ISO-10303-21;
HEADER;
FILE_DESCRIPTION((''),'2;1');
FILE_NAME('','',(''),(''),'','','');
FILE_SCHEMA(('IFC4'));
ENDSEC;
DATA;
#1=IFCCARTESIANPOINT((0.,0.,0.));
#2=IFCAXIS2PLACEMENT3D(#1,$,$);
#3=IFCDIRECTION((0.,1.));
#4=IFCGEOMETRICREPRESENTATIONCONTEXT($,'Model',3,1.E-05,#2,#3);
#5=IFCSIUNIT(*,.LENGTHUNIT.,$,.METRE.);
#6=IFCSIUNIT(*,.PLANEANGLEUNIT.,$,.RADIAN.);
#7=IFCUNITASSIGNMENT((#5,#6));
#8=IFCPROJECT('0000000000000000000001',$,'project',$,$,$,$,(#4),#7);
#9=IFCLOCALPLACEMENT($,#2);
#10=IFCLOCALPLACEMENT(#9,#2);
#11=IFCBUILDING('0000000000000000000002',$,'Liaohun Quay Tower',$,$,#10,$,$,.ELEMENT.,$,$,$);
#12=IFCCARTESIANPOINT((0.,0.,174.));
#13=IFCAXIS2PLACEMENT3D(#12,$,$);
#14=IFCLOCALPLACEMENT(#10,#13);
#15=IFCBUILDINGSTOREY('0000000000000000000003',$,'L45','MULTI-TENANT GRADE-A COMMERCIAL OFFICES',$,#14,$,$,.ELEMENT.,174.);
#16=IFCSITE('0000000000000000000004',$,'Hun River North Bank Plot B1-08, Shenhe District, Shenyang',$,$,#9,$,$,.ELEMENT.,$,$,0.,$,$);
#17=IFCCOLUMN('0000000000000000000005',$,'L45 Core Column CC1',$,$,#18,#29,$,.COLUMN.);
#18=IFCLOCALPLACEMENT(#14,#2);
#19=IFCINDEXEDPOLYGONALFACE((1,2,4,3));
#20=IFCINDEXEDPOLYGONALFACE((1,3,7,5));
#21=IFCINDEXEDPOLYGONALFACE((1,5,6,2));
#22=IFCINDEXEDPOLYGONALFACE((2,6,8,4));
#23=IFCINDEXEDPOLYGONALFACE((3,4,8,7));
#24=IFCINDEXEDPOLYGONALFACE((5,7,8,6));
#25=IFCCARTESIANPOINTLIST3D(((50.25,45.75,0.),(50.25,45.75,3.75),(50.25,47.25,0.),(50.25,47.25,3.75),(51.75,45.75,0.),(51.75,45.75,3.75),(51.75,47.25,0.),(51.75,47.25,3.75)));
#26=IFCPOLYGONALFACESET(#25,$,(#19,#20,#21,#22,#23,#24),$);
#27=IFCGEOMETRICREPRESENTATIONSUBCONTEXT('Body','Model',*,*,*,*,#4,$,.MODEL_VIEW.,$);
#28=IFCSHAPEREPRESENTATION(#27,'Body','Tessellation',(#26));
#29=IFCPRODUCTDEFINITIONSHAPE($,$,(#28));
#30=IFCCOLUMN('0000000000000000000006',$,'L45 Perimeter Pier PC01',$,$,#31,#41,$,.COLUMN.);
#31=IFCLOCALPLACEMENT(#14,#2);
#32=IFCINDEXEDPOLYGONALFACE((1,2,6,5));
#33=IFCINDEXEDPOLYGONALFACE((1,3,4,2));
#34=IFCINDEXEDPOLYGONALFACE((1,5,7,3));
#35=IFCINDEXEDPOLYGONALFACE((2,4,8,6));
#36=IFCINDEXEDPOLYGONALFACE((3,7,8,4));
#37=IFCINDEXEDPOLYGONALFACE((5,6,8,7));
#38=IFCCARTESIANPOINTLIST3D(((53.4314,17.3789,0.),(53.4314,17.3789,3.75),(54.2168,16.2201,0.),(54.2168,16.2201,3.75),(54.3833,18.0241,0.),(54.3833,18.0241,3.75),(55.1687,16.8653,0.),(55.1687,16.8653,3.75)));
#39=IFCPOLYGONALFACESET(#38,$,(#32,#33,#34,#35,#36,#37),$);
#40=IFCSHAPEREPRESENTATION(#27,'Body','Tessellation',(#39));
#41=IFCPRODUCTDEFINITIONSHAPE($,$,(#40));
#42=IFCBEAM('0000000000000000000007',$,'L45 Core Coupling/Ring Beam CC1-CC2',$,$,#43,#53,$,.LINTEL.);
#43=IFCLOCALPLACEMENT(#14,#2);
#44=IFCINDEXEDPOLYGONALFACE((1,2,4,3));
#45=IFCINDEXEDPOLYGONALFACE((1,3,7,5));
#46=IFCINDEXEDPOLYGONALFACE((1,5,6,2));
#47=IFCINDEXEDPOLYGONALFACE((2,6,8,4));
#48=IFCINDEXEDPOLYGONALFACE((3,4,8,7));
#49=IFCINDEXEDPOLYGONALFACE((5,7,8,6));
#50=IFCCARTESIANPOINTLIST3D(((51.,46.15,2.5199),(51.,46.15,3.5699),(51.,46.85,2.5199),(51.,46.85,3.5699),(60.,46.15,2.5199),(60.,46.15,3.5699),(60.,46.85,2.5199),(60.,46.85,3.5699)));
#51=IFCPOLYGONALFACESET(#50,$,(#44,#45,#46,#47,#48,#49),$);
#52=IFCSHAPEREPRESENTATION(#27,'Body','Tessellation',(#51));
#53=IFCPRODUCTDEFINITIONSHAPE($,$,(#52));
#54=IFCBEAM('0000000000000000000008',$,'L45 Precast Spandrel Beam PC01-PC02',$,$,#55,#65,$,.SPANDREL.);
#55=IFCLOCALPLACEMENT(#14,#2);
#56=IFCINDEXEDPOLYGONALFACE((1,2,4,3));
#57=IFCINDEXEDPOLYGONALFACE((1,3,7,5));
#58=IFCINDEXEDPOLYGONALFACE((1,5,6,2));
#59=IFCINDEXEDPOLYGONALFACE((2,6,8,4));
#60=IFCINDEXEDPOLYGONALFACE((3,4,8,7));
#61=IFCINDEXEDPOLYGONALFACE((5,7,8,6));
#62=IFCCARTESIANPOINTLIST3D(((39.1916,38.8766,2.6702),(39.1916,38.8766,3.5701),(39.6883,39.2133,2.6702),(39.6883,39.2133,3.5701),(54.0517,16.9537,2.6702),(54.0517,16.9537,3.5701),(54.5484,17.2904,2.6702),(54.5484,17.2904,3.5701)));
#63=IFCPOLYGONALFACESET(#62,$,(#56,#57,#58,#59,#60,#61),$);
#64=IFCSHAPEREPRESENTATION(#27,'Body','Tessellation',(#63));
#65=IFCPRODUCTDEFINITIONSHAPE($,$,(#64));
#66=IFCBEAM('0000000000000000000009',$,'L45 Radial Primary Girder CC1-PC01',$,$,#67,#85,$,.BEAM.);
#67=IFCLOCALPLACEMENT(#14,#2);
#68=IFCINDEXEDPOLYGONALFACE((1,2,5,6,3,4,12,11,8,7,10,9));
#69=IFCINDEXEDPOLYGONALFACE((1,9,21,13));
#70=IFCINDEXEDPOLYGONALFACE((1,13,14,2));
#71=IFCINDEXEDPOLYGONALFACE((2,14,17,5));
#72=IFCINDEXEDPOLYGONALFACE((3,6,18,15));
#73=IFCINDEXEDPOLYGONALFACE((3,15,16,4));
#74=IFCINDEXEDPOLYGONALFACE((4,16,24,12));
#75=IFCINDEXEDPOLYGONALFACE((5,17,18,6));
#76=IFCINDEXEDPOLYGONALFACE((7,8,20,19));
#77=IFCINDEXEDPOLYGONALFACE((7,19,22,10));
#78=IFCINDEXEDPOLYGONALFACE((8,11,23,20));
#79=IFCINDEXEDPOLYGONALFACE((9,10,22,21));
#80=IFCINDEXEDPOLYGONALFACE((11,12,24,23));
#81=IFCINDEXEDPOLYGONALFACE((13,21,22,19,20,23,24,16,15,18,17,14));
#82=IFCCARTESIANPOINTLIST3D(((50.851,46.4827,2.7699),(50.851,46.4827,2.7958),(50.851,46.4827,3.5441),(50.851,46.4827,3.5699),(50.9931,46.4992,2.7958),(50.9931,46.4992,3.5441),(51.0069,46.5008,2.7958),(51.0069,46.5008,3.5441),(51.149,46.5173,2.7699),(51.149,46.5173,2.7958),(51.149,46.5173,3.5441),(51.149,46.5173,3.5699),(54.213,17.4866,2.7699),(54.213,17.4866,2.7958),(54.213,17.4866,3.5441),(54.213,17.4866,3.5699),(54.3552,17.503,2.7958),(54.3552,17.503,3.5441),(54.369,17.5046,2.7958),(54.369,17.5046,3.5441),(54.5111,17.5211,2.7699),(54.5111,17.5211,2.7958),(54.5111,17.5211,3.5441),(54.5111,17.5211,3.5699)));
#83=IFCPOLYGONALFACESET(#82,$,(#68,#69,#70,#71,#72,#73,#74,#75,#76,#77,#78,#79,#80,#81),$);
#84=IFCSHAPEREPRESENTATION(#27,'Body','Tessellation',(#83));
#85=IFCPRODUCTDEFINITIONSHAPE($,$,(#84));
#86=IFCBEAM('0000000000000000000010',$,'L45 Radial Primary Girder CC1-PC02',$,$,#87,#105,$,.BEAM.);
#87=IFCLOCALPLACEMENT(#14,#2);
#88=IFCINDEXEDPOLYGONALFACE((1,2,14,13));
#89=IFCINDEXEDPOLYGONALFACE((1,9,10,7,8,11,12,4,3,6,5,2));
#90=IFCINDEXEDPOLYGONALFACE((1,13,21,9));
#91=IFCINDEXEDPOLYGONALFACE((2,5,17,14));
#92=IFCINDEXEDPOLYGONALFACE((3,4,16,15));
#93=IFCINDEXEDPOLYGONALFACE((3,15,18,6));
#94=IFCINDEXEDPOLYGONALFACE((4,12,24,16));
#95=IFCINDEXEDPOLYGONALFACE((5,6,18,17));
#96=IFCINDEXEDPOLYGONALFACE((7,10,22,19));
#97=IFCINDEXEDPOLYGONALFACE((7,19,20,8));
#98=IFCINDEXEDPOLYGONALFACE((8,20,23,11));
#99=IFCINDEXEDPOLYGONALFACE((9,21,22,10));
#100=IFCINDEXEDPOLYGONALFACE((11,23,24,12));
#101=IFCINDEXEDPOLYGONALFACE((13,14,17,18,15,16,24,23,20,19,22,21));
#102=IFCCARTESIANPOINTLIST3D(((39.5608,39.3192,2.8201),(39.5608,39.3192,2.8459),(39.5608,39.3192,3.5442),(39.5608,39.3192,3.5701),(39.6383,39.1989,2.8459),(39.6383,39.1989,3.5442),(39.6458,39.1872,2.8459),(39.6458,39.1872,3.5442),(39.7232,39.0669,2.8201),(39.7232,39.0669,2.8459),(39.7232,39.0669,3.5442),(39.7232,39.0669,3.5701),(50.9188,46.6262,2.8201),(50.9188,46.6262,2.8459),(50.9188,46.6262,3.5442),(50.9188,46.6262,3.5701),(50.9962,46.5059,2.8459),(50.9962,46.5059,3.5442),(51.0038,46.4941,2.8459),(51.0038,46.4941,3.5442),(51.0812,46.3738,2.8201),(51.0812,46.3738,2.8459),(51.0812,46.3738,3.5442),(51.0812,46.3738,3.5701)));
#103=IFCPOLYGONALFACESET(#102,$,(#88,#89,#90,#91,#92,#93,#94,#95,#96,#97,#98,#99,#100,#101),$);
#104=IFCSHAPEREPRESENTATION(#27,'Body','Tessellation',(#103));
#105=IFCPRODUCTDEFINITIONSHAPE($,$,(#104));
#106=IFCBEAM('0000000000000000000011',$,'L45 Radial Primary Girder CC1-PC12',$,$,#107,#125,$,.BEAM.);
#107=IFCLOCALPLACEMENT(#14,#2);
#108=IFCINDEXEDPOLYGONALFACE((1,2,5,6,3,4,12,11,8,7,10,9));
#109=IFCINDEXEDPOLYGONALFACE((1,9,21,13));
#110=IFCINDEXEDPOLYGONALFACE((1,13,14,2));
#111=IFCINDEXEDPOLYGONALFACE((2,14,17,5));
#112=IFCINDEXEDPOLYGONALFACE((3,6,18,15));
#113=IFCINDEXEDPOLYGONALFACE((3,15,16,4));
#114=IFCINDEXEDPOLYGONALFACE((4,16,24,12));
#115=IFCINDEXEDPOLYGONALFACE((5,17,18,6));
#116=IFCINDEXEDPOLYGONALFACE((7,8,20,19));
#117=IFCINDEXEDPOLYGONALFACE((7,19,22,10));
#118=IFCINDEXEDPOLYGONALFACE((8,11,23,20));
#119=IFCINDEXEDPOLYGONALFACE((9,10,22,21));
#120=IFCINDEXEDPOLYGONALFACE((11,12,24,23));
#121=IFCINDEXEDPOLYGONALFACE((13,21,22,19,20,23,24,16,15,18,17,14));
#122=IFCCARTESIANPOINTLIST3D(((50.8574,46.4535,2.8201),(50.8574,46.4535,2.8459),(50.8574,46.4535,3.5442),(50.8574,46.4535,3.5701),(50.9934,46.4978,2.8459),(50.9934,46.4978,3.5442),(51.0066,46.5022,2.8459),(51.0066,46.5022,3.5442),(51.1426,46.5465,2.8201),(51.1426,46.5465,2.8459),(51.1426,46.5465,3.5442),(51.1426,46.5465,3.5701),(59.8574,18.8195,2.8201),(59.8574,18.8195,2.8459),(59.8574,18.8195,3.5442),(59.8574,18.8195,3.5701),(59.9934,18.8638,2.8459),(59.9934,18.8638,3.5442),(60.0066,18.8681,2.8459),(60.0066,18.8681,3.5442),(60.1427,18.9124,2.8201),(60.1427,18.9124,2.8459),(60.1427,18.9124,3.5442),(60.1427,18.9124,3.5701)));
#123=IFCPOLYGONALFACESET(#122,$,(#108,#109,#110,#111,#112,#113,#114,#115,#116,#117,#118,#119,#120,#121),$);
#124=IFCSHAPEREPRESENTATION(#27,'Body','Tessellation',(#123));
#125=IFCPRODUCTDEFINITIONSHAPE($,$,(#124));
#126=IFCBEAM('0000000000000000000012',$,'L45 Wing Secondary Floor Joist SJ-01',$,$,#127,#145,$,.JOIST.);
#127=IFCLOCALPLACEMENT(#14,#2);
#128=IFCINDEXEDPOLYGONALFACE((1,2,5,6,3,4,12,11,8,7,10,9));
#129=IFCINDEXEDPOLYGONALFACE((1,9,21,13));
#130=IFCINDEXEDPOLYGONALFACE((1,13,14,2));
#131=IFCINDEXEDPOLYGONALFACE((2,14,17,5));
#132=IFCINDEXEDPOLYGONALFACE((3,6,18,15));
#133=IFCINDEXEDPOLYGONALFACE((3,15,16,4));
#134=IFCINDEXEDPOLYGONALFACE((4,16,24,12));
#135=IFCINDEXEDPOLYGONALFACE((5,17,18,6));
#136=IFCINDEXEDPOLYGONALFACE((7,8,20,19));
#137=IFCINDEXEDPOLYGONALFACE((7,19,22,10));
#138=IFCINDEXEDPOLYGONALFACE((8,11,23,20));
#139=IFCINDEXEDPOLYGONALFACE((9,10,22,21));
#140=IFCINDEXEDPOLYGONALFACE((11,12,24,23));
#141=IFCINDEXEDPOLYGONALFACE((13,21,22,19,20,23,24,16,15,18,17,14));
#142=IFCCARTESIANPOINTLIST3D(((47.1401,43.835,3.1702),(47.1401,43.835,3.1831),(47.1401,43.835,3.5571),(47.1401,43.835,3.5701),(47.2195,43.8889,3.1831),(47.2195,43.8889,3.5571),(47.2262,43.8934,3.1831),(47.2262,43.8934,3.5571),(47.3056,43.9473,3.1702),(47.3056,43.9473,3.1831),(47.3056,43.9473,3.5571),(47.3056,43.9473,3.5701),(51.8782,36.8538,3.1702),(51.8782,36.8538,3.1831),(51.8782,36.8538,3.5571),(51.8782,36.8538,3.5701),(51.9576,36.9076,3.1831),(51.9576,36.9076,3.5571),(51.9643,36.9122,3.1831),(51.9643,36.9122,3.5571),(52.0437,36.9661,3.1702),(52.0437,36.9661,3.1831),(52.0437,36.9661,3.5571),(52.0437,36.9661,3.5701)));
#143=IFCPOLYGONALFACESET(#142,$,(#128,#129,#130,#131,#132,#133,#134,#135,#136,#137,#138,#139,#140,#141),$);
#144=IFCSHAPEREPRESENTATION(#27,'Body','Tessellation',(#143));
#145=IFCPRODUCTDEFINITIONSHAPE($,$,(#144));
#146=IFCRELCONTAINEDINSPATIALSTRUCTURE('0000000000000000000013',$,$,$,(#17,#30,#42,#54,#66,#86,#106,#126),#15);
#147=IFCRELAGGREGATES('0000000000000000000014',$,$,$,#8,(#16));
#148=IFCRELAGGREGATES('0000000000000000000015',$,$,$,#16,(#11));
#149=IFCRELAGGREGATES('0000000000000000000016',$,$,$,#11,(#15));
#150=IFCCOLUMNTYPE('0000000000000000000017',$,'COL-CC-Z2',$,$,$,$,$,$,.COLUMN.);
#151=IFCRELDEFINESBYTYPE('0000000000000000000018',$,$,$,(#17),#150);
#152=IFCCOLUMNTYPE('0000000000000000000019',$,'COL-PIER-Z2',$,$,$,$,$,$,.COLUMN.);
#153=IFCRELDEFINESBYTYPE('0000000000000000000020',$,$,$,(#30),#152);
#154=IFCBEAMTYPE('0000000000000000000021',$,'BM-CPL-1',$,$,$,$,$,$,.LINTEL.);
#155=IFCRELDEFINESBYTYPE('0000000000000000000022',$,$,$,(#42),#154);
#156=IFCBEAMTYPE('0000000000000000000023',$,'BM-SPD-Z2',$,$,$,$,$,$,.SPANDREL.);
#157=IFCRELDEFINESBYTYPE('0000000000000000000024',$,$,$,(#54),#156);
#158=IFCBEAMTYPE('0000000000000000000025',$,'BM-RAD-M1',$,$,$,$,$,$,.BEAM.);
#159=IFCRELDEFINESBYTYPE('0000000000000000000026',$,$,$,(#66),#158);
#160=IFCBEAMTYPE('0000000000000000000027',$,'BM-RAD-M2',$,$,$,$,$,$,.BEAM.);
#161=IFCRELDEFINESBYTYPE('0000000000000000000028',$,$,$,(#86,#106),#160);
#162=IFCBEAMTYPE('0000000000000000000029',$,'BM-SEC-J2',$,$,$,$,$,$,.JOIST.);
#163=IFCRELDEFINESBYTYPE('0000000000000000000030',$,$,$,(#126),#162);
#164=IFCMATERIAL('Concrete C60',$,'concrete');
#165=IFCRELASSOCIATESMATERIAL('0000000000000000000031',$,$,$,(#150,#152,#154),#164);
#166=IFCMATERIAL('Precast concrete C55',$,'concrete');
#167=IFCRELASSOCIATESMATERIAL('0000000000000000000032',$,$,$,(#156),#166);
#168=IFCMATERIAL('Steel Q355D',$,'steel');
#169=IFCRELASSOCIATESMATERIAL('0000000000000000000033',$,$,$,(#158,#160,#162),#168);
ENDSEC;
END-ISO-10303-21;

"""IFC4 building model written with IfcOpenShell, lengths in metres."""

from ifc_helpers import new_model, si_unit, direction, frame, origin, origin_2d, place, context, subcontext, project, spatial, rectangle, i_section, extrude, source, transform, mapped, material, material_profile, profile_set, type_object, element, save


model = new_model("IFC4")

# Units and contexts
model_context = context("Model", 3, precision=1e-05, world=origin(), true_north=direction((0.0, 1.0)))
body_context = subcontext(model_context, "Body", "Model", "MODEL_VIEW")
ifc_project = project(units=[si_unit("LENGTHUNIT", "METRE"), si_unit("PLANEANGLEUNIT", "RADIAN")], contexts=[model_context])

# Site, building, storey
site_placement = place(None, origin())
site = spatial("IfcSite", under=ifc_project, at=site_placement, Name="Hun River North Bank Plot B1-08, Shenhe District, Shenyang", CompositionType="ELEMENT", RefElevation=0.0)
building_placement = place(site_placement, origin())
building = spatial("IfcBuilding", under=site, at=building_placement, Name="Liaohun Quay Tower", CompositionType="ELEMENT")
storey_placement = place(building_placement, frame((0.0, 0.0, 174.0)))
storey = spatial("IfcBuildingStorey", under=building, at=storey_placement, Name="L45", Description="MULTI-TENANT GRADE-A COMMERCIAL OFFICES", CompositionType="ELEMENT", Elevation=174.0)

# Columns
ifc_material_1 = material(Name="Concrete C60", Category="concrete")
ifc_material_profile_1 = material_profile(ifc_material_1, rectangle(XDim=1.5, YDim=1.5, at=origin_2d()), Name="RC1500x1500")
ifc_profile_set_1 = profile_set([ifc_material_profile_1], Name="Concrete C60")
column_type_1 = type_object("IfcColumnType", Name="COL-CC-Z2", PredefinedType="COLUMN", material=ifc_profile_set_1)
shared_shape_1 = source(origin(), body_context, "Body", "SweptSolid", [
    extrude(rectangle(XDim=1.5, YDim=1.5, at=origin_2d()), origin(), (0.0, 0.0, 1.0), 3.75),
])
column_1_placement = place(storey_placement, frame((51.0, 46.5, 0.0), z_axis=(0.0, 0.0, 1.0), x_axis=(1.0, 0.0, 0.0)))
element("IfcColumn", 1, at=column_1_placement, inside=storey, type_object=column_type_1, Name="L45 Core Column CC1", PredefinedType="COLUMN", context=body_context, shape_type="MappedRepresentation", body=[
    mapped(shared_shape_1, transform((0.0, 0.0, 0.0), x_axis=(1.0, 0.0, 0.0), y_axis=(0.0, 1.0, 0.0), z_axis=(0.0, 0.0, 1.0), scale=1.0)),
])
ifc_material_profile_2 = material_profile(ifc_material_1, rectangle(XDim=1.3999, YDim=1.1499, at=origin_2d()), Name="RC1400x1150")
ifc_profile_set_2 = profile_set([ifc_material_profile_2], Name="Concrete C60")
column_type_2 = type_object("IfcColumnType", Name="COL-PIER-Z2", PredefinedType="COLUMN", material=ifc_profile_set_2)
shared_shape_2 = source(origin(), body_context, "Body", "SweptSolid", [
    extrude(rectangle(XDim=1.3999, YDim=1.1499, at=origin_2d()), origin(), (0.0, 0.0, 1.0), 3.75),
])
column_2_placement = place(storey_placement, frame((54.3, 17.1221, 0.0), z_axis=(0.0, 0.0, 1.0), x_axis=(-0.561072, 0.827767, 0.0)))
element("IfcColumn", 2, at=column_2_placement, inside=storey, type_object=column_type_2, Name="L45 Perimeter Pier PC01", PredefinedType="COLUMN", context=body_context, shape_type="MappedRepresentation", body=[
    mapped(shared_shape_2, transform((0.0, 0.0, 0.0), x_axis=(1.0, 0.0, 0.0), y_axis=(0.0, 1.0, 0.0), z_axis=(0.0, 0.0, 1.0), scale=1.0)),
])

# Beams
ifc_material_profile_3 = material_profile(ifc_material_1, rectangle(XDim=0.7, YDim=1.05, at=origin_2d()), Name="RC700x1050")
ifc_profile_set_3 = profile_set([ifc_material_profile_3], Name="Concrete C60")
beam_type_1 = type_object("IfcBeamType", Name="BM-CPL-1", PredefinedType="LINTEL", material=ifc_profile_set_3)
shared_shape_3 = source(origin(), body_context, "Body", "SweptSolid", [
    extrude(rectangle(XDim=0.7, YDim=1.05, at=origin_2d()), origin(), (0.0, 0.0, 1.0), 9.0),
])
beam_1_placement = place(storey_placement, frame((51.0, 46.5, 3.0449), z_axis=(1.0, 0.0, 0.0), x_axis=(0.0, 1.0, 0.0)))
element("IfcBeam", 3, at=beam_1_placement, inside=storey, type_object=beam_type_1, Name="L45 Core Coupling/Ring Beam CC1-CC2", PredefinedType="LINTEL", context=body_context, shape_type="MappedRepresentation", body=[
    mapped(shared_shape_3, transform((0.0, 0.0, 0.0), x_axis=(1.0, 0.0, 0.0), y_axis=(0.0, 1.0, 0.0), z_axis=(0.0, 0.0, 1.0), scale=1.0)),
])
ifc_material_2 = material(Name="Precast concrete C55", Category="concrete")
ifc_material_profile_4 = material_profile(ifc_material_2, rectangle(XDim=0.6001, YDim=0.8999, at=origin_2d()), Name="RC600x900")
ifc_profile_set_4 = profile_set([ifc_material_profile_4], Name="Precast concrete C55")
beam_type_2 = type_object("IfcBeamType", Name="BM-SPD-Z2", PredefinedType="SPANDREL", material=ifc_profile_set_4)
shared_shape_4 = source(origin(), body_context, "Body", "SweptSolid", [
    extrude(rectangle(XDim=0.6001, YDim=0.8999, at=origin_2d()), origin(), (0.0, 0.0, 1.0), 26.4846),
])
beam_2_placement = place(storey_placement, frame((54.3, 17.1221, 3.1201), z_axis=(-0.561085, 0.827758, 0.0), x_axis=(-0.827758, -0.561085, 0.0)))
element("IfcBeam", 4, at=beam_2_placement, inside=storey, type_object=beam_type_2, Name="L45 Precast Spandrel Beam PC01-PC02", PredefinedType="SPANDREL", context=body_context, shape_type="MappedRepresentation", body=[
    mapped(shared_shape_4, transform((0.0, 0.0, 0.0), x_axis=(1.0, 0.0, 0.0), y_axis=(0.0, 1.0, 0.0), z_axis=(0.0, 0.0, 1.0), scale=1.0)),
])
ifc_material_3 = material(Name="Steel Q355D", Category="steel")
ifc_material_profile_5 = material_profile(ifc_material_3, i_section(OverallWidth=0.3, OverallDepth=0.8, WebThickness=0.0139, FlangeThickness=0.0259, at=origin_2d()), Name="HN800x300x14x26")
ifc_profile_set_5 = profile_set([ifc_material_profile_5], Name="Steel Q355D")
beam_type_3 = type_object("IfcBeamType", Name="BM-RAD-M1", PredefinedType="BEAM", material=ifc_profile_set_5)
shared_shape_5 = source(origin(), body_context, "Body", "SweptSolid", [
    extrude(i_section(OverallWidth=0.3, OverallDepth=0.8, WebThickness=0.0139, FlangeThickness=0.0259, at=origin_2d()), origin(), (0.0, 0.0, 1.0), 29.1904),
])
beam_3_placement = place(storey_placement, frame((51.0, 46.5, 3.1699), z_axis=(0.115177, -0.993345, 0.0), x_axis=(0.993345, 0.115177, 0.0)))
element("IfcBeam", 5, at=beam_3_placement, inside=storey, type_object=beam_type_3, Name="L45 Radial Primary Girder CC1-PC01", PredefinedType="BEAM", context=body_context, shape_type="MappedRepresentation", body=[
    mapped(shared_shape_5, transform((0.0, 0.0, 0.0), x_axis=(1.0, 0.0, 0.0), y_axis=(0.0, 1.0, 0.0), z_axis=(0.0, 0.0, 1.0), scale=1.0)),
])
ifc_material_profile_6 = material_profile(ifc_material_3, i_section(OverallWidth=0.3, OverallDepth=0.75, WebThickness=0.0139, FlangeThickness=0.0259, at=origin_2d()), Name="HN750x300x14x26")
ifc_profile_set_6 = profile_set([ifc_material_profile_6], Name="Steel Q355D")
beam_type_4 = type_object("IfcBeamType", Name="BM-RAD-M2", PredefinedType="BEAM", material=ifc_profile_set_6)
shared_shape_6 = source(origin(), body_context, "Body", "SweptSolid", [
    extrude(i_section(OverallWidth=0.3, OverallDepth=0.75, WebThickness=0.0139, FlangeThickness=0.0259, at=origin_2d()), origin(), (0.0, 0.0, 1.0), 13.5054),
])
beam_4_placement = place(storey_placement, frame((51.0, 46.5, 3.1951), z_axis=(-0.840998, -0.541039, 0.0), x_axis=(0.541039, -0.840998, 0.0)))
element("IfcBeam", 6, at=beam_4_placement, inside=storey, type_object=beam_type_4, Name="L45 Radial Primary Girder CC1-PC02", PredefinedType="BEAM", context=body_context, shape_type="MappedRepresentation", body=[
    mapped(shared_shape_6, transform((0.0, 0.0, 0.0), x_axis=(1.0, 0.0, 0.0), y_axis=(0.0, 1.0, 0.0), z_axis=(0.0, 0.0, 1.0), scale=1.0)),
])
shared_shape_7 = source(origin(), body_context, "Body", "SweptSolid", [
    extrude(i_section(OverallWidth=0.3, OverallDepth=0.75, WebThickness=0.0139, FlangeThickness=0.0259, at=origin_2d()), origin(), (0.0, 0.0, 1.0), 29.0627),
])
beam_5_placement = place(storey_placement, frame((51.0, 46.5, 3.1951), z_axis=(0.309675, -0.950842, 0.0), x_axis=(0.950842, 0.309675, 0.0)))
element("IfcBeam", 7, at=beam_5_placement, inside=storey, type_object=beam_type_4, Name="L45 Radial Primary Girder CC1-PC12", PredefinedType="BEAM", context=body_context, shape_type="MappedRepresentation", body=[
    mapped(shared_shape_7, transform((0.0, 0.0, 0.0), x_axis=(1.0, 0.0, 0.0), y_axis=(0.0, 1.0, 0.0), z_axis=(0.0, 0.0, 1.0), scale=1.0)),
])
ifc_material_profile_7 = material_profile(ifc_material_3, i_section(OverallWidth=0.2, OverallDepth=0.3999, WebThickness=0.0081, FlangeThickness=0.0129, at=origin_2d()), Name="HN400x200x8x13")
ifc_profile_set_7 = profile_set([ifc_material_profile_7], Name="Steel Q355D")
beam_type_5 = type_object("IfcBeamType", Name="BM-SEC-J2", PredefinedType="JOIST", material=ifc_profile_set_7)
shared_shape_8 = source(origin(), body_context, "Body", "SweptSolid", [
    extrude(i_section(OverallWidth=0.2, OverallDepth=0.3999, WebThickness=0.0081, FlangeThickness=0.0129, at=origin_2d()), origin(), (0.0, 0.0, 1.0), 8.4373),
])
beam_6_placement = place(storey_placement, frame((51.9609, 36.9099, 3.3701), z_axis=(-0.561566, 0.827432, 0.0), x_axis=(-0.827432, -0.561566, 0.0)))
element("IfcBeam", 8, at=beam_6_placement, inside=storey, type_object=beam_type_5, Name="L45 Wing Secondary Floor Joist SJ-01", PredefinedType="JOIST", context=body_context, shape_type="MappedRepresentation", body=[
    mapped(shared_shape_8, transform((0.0, 0.0, 0.0), x_axis=(1.0, 0.0, 0.0), y_axis=(0.0, 1.0, 0.0), z_axis=(0.0, 0.0, 1.0), scale=1.0)),
])

save(model, "model.ifc")
